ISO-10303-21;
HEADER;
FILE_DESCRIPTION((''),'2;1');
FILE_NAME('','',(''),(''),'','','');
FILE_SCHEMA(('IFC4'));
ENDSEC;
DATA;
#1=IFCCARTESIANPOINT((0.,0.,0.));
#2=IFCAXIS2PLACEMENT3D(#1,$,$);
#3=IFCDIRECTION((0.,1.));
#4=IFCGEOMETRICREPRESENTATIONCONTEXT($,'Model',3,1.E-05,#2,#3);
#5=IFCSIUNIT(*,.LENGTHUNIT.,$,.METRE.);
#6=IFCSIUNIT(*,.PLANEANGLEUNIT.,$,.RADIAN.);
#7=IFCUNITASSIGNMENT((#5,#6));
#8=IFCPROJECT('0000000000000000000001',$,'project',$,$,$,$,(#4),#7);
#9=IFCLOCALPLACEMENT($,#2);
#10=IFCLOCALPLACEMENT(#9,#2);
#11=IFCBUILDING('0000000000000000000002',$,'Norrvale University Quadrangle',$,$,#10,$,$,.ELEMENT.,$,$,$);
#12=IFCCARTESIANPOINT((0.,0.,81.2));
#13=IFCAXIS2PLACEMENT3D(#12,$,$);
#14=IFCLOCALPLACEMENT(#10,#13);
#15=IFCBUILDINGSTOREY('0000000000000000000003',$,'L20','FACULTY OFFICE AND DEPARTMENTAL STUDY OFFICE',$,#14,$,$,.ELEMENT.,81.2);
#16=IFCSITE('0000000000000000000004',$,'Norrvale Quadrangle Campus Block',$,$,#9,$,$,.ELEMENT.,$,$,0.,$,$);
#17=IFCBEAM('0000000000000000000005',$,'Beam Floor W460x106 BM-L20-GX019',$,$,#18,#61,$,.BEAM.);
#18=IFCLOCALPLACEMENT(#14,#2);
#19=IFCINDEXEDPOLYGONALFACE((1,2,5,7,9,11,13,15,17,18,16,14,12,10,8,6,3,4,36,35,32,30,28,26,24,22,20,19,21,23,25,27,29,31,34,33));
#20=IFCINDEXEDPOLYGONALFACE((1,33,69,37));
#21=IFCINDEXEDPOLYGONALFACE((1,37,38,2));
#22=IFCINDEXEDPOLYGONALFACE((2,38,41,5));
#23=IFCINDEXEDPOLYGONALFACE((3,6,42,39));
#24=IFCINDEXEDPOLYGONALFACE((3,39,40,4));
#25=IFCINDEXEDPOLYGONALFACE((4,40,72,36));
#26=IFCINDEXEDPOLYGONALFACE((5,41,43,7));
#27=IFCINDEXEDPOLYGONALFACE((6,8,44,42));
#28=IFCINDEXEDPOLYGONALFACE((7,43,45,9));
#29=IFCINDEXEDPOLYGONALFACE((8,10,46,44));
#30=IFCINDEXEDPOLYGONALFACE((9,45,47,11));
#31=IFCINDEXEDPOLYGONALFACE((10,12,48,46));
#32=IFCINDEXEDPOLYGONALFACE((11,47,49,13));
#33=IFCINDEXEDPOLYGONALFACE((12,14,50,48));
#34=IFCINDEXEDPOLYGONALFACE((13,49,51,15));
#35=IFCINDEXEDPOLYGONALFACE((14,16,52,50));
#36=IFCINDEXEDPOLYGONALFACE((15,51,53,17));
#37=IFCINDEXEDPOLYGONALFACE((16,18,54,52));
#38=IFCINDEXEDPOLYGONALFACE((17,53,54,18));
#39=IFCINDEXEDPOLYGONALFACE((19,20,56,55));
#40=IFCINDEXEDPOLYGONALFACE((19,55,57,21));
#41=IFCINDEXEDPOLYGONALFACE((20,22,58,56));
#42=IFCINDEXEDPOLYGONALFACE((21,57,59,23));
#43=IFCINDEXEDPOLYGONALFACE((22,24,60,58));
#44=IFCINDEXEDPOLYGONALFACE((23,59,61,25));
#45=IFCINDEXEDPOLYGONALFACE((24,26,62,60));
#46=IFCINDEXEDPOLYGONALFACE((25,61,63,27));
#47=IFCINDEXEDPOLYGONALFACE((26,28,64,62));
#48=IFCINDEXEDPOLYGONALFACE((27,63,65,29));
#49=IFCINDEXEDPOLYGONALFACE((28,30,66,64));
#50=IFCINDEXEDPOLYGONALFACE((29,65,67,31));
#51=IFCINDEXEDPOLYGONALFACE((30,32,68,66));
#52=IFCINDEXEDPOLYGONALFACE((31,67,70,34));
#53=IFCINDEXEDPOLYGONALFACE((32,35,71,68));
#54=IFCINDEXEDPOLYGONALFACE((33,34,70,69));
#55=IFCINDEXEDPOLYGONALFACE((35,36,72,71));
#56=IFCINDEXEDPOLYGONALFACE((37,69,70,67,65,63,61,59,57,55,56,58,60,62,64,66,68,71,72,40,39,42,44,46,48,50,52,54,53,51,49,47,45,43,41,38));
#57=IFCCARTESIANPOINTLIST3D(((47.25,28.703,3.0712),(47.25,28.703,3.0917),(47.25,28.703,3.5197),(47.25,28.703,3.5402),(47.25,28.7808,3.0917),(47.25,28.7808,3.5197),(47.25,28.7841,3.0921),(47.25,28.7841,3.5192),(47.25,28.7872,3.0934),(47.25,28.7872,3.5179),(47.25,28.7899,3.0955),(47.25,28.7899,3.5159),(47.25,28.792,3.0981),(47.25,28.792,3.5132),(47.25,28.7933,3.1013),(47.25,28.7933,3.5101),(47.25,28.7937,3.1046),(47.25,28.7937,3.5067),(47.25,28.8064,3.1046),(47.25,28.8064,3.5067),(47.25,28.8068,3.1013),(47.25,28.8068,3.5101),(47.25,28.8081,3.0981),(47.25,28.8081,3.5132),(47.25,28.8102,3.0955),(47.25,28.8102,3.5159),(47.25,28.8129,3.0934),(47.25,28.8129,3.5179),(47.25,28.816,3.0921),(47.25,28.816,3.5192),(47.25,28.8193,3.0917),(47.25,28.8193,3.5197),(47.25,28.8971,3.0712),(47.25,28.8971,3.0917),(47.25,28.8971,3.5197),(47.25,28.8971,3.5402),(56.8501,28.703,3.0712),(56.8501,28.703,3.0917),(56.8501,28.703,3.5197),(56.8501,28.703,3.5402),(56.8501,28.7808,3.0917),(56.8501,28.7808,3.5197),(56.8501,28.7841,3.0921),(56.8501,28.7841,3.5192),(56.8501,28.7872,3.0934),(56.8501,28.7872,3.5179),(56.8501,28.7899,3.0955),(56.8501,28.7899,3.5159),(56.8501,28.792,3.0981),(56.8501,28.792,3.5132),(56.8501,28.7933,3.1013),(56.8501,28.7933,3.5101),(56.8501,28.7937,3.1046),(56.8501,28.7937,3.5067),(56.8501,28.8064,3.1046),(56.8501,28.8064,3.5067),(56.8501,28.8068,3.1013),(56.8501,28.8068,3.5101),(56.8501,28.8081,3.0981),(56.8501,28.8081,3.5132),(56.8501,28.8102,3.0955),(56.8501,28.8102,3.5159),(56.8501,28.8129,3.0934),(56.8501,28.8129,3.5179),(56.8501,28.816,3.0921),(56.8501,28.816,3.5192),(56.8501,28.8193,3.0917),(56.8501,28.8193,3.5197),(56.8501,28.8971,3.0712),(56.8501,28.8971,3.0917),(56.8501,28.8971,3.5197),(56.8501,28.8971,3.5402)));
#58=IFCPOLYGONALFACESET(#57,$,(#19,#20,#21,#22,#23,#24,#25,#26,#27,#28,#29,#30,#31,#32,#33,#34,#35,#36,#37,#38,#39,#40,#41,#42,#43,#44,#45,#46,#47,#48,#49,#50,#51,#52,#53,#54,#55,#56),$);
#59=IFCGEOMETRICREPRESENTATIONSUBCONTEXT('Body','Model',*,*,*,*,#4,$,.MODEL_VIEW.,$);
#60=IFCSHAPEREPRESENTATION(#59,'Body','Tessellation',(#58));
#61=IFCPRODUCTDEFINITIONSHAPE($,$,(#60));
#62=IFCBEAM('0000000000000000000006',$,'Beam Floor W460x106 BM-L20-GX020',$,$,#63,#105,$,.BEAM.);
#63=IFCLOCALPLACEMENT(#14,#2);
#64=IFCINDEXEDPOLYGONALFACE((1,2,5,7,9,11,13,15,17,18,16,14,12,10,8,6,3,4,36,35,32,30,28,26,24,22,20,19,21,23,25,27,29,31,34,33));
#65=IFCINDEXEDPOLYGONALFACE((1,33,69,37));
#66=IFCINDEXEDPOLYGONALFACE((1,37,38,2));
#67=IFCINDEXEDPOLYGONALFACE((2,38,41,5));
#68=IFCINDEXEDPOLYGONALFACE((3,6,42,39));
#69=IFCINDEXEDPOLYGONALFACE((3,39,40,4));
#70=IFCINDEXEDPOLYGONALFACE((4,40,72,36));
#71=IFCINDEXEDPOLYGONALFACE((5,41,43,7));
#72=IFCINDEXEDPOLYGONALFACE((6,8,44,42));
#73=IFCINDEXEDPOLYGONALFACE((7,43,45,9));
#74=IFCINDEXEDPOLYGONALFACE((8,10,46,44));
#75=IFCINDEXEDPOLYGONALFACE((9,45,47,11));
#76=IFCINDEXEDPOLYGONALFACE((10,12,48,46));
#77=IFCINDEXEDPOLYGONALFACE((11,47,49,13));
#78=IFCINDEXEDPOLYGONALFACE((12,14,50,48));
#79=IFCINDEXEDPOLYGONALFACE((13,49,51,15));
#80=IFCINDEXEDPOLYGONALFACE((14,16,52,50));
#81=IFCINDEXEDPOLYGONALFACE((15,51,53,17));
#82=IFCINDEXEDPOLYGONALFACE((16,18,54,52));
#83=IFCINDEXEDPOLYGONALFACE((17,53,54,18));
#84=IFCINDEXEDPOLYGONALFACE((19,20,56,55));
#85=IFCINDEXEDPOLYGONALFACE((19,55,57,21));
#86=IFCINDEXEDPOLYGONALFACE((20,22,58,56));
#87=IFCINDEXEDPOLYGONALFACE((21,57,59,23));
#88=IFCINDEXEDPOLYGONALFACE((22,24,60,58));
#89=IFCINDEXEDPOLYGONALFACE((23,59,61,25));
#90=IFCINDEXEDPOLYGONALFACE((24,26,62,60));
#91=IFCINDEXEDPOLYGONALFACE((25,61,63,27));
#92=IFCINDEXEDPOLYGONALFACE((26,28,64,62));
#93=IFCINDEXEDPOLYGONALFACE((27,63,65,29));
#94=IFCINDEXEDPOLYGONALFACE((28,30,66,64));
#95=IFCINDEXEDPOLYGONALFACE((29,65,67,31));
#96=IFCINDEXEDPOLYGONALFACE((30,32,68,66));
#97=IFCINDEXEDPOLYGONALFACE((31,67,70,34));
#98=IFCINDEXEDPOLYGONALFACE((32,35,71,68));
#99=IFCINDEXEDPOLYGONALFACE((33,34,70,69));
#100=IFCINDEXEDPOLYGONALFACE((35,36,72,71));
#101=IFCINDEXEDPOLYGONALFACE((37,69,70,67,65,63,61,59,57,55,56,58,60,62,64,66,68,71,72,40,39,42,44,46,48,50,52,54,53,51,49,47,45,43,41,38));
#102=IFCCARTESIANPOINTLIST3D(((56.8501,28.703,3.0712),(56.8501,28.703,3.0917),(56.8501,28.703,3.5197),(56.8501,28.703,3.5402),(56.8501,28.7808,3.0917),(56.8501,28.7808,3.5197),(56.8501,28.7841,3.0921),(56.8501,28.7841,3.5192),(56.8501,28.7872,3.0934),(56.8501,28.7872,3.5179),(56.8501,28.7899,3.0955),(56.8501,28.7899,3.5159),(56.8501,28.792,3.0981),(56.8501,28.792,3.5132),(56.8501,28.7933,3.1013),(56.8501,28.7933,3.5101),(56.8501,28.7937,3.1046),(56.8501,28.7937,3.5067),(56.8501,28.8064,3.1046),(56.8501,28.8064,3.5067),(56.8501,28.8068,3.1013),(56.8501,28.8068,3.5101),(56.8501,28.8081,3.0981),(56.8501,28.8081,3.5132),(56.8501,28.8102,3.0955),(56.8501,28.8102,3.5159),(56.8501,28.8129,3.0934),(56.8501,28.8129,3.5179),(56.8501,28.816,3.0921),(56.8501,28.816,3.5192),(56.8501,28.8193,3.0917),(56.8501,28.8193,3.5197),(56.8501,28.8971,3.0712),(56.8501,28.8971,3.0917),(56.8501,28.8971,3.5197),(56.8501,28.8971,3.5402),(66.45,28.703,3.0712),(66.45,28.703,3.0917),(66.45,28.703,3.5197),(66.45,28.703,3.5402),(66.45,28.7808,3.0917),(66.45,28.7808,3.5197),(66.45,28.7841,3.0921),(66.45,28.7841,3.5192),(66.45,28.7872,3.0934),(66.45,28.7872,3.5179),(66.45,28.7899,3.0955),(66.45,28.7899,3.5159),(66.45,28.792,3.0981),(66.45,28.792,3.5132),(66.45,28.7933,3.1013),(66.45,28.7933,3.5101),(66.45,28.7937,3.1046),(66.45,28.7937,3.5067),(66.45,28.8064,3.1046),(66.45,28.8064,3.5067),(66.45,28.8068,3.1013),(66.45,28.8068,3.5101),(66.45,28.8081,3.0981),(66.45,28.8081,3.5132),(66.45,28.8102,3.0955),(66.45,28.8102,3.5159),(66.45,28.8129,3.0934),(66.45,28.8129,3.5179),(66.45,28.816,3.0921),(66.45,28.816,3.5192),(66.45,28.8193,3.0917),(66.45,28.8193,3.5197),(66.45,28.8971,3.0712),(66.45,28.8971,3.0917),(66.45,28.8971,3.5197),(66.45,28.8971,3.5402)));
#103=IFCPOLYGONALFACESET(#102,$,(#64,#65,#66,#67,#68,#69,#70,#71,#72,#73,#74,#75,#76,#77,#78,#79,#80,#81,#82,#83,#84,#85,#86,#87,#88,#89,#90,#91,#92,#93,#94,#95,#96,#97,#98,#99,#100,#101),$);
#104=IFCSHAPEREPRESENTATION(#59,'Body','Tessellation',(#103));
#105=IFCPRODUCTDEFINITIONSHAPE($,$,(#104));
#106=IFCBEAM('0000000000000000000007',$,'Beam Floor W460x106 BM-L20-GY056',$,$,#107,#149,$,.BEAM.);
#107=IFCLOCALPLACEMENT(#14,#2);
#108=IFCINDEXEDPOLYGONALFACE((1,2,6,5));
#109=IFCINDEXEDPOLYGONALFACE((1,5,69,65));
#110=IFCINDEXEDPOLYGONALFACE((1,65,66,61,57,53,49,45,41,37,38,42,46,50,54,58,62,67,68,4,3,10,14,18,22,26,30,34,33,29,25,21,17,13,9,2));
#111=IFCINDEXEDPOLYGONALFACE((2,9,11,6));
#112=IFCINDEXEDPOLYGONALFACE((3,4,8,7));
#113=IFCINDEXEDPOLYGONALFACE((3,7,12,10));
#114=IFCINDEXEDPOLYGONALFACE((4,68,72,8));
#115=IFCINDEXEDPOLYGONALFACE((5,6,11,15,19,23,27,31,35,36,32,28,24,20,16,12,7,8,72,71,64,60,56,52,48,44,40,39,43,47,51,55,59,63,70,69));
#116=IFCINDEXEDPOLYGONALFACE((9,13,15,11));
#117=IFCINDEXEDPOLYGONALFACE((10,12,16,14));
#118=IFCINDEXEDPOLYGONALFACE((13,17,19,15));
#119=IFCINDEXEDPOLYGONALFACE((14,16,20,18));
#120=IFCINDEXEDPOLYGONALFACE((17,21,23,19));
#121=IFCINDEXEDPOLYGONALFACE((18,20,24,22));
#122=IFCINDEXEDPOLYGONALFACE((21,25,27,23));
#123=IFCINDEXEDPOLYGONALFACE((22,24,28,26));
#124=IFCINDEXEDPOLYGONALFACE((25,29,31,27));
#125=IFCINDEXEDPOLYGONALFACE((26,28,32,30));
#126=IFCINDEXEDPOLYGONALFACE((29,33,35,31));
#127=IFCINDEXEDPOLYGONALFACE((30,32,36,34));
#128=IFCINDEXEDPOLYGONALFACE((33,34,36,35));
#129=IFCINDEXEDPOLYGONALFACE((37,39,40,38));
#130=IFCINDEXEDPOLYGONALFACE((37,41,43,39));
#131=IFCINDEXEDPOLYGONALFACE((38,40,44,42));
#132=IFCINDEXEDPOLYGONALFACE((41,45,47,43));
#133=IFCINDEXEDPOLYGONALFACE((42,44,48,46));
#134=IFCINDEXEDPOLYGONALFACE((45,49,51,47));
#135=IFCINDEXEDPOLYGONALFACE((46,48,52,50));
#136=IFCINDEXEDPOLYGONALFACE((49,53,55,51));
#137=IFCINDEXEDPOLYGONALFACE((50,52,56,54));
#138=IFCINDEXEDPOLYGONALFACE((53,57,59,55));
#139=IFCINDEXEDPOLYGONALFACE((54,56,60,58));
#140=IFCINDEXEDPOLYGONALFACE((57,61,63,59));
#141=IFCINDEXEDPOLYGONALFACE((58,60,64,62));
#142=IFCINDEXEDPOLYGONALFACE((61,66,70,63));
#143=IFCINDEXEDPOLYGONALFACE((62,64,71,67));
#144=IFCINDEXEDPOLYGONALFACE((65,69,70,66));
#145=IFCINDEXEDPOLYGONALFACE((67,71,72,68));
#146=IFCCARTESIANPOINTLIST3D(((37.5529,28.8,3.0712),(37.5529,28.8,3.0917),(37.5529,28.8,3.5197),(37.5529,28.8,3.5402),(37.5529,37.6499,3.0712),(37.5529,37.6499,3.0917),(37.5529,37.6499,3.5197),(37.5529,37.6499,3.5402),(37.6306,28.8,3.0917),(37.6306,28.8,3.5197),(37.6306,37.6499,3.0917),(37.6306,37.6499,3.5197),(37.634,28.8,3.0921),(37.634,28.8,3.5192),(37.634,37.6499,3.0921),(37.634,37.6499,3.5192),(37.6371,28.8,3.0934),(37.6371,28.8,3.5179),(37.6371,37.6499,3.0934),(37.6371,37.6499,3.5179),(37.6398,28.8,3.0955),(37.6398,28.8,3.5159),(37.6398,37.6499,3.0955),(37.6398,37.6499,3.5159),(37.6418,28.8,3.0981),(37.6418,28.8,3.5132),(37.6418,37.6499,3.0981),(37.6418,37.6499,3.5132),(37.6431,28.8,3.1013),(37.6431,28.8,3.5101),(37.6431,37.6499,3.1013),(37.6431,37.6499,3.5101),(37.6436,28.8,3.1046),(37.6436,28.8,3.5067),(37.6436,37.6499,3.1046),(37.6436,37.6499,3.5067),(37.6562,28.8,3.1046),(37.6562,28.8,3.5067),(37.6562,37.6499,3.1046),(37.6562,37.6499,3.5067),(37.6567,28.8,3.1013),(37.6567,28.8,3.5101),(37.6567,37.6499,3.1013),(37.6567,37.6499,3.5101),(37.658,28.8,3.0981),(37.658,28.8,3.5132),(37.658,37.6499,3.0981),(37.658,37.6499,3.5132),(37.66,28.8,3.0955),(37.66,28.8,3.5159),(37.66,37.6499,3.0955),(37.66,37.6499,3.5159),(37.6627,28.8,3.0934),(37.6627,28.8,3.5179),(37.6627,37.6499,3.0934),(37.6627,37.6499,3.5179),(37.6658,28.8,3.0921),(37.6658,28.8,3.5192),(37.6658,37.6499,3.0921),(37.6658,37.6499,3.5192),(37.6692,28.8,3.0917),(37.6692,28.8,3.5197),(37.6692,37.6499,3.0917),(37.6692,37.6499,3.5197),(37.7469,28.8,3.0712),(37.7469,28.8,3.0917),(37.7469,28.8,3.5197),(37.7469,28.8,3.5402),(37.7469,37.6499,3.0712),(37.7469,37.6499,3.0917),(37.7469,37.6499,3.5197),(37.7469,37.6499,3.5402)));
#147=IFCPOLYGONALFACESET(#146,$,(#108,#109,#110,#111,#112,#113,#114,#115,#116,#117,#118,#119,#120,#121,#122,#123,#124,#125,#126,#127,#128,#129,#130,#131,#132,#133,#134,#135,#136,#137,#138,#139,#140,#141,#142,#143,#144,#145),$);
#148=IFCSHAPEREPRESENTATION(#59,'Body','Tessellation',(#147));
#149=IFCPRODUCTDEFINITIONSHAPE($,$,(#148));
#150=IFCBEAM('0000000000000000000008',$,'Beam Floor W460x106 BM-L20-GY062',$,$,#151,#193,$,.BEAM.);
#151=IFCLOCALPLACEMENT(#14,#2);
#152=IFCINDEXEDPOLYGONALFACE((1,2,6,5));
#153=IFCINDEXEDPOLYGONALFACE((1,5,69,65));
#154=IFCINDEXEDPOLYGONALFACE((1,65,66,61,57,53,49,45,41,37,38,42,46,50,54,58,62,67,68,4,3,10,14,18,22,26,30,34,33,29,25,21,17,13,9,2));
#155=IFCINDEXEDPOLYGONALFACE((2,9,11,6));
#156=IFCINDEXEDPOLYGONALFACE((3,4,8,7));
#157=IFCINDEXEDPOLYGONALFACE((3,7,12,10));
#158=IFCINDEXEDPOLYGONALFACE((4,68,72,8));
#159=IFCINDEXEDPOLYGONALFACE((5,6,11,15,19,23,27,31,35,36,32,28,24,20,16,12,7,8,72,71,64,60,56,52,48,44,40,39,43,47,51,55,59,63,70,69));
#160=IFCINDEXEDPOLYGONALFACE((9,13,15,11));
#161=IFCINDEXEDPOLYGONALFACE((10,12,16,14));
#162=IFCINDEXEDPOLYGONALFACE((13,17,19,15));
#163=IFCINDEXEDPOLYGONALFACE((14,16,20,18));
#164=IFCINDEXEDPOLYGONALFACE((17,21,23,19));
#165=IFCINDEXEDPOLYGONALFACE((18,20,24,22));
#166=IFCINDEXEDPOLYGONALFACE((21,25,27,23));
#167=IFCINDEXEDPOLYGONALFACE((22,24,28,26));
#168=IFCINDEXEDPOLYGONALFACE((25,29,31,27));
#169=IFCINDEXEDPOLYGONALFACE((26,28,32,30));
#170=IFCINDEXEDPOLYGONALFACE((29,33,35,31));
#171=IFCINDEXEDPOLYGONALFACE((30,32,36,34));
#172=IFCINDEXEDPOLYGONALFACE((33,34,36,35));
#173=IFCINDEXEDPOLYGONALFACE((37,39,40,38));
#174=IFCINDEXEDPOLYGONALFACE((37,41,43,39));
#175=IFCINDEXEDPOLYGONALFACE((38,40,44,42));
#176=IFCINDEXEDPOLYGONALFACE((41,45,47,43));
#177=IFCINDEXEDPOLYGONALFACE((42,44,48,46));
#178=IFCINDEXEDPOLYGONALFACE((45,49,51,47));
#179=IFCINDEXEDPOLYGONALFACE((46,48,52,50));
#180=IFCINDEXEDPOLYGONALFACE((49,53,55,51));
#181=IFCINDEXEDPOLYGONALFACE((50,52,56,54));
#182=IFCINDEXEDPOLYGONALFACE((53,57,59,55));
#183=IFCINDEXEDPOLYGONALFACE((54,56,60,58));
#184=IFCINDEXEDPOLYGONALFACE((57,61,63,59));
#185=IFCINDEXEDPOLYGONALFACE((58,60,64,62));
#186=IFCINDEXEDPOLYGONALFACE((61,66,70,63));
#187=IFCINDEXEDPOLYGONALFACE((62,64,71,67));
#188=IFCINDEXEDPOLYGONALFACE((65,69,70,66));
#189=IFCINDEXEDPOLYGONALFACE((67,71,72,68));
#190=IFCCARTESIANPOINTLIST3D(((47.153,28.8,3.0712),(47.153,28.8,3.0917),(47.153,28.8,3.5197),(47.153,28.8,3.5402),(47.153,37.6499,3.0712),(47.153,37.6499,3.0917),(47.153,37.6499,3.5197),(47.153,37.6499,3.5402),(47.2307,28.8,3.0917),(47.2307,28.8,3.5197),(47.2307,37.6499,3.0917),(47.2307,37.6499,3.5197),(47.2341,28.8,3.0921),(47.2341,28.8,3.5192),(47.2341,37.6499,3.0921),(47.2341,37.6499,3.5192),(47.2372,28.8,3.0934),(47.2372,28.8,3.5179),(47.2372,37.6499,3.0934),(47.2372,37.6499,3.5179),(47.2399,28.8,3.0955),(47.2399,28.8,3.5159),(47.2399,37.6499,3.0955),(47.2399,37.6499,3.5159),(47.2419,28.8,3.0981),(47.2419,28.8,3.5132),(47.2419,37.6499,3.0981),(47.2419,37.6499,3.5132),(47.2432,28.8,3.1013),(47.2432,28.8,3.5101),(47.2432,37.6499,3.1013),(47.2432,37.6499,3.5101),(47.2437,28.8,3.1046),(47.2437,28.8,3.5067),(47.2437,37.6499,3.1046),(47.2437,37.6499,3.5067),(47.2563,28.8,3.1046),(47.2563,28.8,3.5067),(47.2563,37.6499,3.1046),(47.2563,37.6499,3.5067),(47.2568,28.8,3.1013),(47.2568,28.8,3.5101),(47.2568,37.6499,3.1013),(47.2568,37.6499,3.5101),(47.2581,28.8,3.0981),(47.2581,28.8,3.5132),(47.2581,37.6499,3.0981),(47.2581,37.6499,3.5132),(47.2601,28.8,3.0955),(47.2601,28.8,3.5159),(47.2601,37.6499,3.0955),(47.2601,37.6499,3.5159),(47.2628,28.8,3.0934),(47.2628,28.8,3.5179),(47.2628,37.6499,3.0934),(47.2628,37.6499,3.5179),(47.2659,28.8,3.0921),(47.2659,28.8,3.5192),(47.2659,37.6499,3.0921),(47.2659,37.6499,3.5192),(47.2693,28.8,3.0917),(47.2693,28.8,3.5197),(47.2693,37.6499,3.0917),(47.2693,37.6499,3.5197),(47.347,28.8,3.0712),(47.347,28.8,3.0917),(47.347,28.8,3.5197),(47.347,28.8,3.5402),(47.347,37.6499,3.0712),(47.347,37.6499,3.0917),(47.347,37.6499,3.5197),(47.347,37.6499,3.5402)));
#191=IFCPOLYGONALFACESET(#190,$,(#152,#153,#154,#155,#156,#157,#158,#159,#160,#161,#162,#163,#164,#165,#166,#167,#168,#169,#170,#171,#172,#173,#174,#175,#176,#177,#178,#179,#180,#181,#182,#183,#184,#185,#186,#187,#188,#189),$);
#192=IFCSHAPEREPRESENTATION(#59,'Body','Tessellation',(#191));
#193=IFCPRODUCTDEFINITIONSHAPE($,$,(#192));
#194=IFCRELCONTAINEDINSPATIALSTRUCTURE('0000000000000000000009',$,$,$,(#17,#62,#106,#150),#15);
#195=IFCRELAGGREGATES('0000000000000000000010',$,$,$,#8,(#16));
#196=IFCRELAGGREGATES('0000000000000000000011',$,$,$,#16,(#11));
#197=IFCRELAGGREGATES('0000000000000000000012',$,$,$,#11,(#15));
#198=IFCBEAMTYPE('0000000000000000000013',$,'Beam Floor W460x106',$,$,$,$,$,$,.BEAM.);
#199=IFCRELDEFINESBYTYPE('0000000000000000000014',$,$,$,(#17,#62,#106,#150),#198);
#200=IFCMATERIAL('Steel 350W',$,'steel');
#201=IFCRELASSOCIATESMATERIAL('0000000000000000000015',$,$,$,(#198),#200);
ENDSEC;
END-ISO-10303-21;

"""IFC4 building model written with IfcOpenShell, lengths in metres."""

from ifc_helpers import new_model, si_unit, direction, frame, origin, origin_2d, place, context, subcontext, project, spatial, i_section, extrude, material, material_profile, profile_set, type_object, element, save


model = new_model("IFC4")

# Units and contexts
model_context = context("Model", 3, precision=1e-05, world=origin(), true_north=direction((0.0, 1.0)))
body_context = subcontext(model_context, "Body", "Model", "MODEL_VIEW")
ifc_project = project(units=[si_unit("LENGTHUNIT", "METRE"), si_unit("PLANEANGLEUNIT", "RADIAN")], contexts=[model_context])

# Site, building, storey
site_placement = place(None, origin())
site = spatial("IfcSite", under=ifc_project, at=site_placement, Name="Norrvale Quadrangle Campus Block", CompositionType="ELEMENT", RefElevation=0.0)
building_placement = place(site_placement, origin())
building = spatial("IfcBuilding", under=site, at=building_placement, Name="Norrvale University Quadrangle", CompositionType="ELEMENT")
storey_placement = place(building_placement, frame((0.0, 0.0, 81.2)))
storey = spatial("IfcBuildingStorey", under=building, at=storey_placement, Name="L20", Description="FACULTY OFFICE AND DEPARTMENTAL STUDY OFFICE", CompositionType="ELEMENT", Elevation=81.2)

# Beams
ifc_material_1 = material(Name="Steel 350W", Category="steel")
ifc_material_profile_1 = material_profile(ifc_material_1, i_section(OverallWidth=0.1941, OverallDepth=0.469, WebThickness=0.0127, FlangeThickness=0.0205, FilletRadius=0.0129, at=origin_2d()), Name="Steel 350W")
ifc_profile_set_1 = profile_set([ifc_material_profile_1], Name="Steel 350W")
beam_type_1 = type_object("IfcBeamType", Name="Beam Floor W460x106", PredefinedType="BEAM", material=ifc_profile_set_1)
for number, where, z_axis, x_axis, name in (
    (1, (47.25, 28.8, 3.3057), (1.0, 0.0, 0.0), (0.0, 1.0, 0.0), "Beam Floor W460x106 BM-L20-GX019"),
):
    element("IfcBeam", number, at=place(storey_placement, frame(where, z_axis=z_axis, x_axis=x_axis)), inside=storey, type_object=beam_type_1, Name=name, PredefinedType="BEAM", context=body_context, shape_type="SweptSolid", body=[
        extrude(i_section(OverallWidth=0.1941, OverallDepth=0.469, WebThickness=0.0127, FlangeThickness=0.0205, FilletRadius=0.0129, at=origin_2d()), origin(), (0.0, 0.0, 1.0), 9.6001),
    ])
beam_1_placement = place(storey_placement, frame((56.8501, 28.8, 3.3057), z_axis=(1.0, 0.0, 0.0), x_axis=(0.0, 1.0, 0.0)))
element("IfcBeam", 2, at=beam_1_placement, inside=storey, type_object=beam_type_1, Name="Beam Floor W460x106 BM-L20-GX020", PredefinedType="BEAM", context=body_context, shape_type="SweptSolid", body=[
    extrude(i_section(OverallWidth=0.1941, OverallDepth=0.469, WebThickness=0.0127, FlangeThickness=0.0205, FilletRadius=0.0129, at=origin_2d()), origin(), (0.0, 0.0, 1.0), 9.5999),
])
for number, where, z_axis, x_axis, name in (
    (3, (37.6499, 28.8, 3.3057), (0.0, 1.0, 0.0), (-1.0, 0.0, 0.0), "Beam Floor W460x106 BM-L20-GY056"),
    (4, (47.25, 28.8, 3.3057), (0.0, 1.0, 0.0), (-1.0, 0.0, 0.0), "Beam Floor W460x106 BM-L20-GY062"),
):
    element("IfcBeam", number, at=place(storey_placement, frame(where, z_axis=z_axis, x_axis=x_axis)), inside=storey, type_object=beam_type_1, Name=name, PredefinedType="BEAM", context=body_context, shape_type="SweptSolid", body=[
        extrude(i_section(OverallWidth=0.1941, OverallDepth=0.469, WebThickness=0.0127, FlangeThickness=0.0205, FilletRadius=0.0129, at=origin_2d()), origin(), (0.0, 0.0, 1.0), 8.8499),
    ])

save(model, "model.ifc")
